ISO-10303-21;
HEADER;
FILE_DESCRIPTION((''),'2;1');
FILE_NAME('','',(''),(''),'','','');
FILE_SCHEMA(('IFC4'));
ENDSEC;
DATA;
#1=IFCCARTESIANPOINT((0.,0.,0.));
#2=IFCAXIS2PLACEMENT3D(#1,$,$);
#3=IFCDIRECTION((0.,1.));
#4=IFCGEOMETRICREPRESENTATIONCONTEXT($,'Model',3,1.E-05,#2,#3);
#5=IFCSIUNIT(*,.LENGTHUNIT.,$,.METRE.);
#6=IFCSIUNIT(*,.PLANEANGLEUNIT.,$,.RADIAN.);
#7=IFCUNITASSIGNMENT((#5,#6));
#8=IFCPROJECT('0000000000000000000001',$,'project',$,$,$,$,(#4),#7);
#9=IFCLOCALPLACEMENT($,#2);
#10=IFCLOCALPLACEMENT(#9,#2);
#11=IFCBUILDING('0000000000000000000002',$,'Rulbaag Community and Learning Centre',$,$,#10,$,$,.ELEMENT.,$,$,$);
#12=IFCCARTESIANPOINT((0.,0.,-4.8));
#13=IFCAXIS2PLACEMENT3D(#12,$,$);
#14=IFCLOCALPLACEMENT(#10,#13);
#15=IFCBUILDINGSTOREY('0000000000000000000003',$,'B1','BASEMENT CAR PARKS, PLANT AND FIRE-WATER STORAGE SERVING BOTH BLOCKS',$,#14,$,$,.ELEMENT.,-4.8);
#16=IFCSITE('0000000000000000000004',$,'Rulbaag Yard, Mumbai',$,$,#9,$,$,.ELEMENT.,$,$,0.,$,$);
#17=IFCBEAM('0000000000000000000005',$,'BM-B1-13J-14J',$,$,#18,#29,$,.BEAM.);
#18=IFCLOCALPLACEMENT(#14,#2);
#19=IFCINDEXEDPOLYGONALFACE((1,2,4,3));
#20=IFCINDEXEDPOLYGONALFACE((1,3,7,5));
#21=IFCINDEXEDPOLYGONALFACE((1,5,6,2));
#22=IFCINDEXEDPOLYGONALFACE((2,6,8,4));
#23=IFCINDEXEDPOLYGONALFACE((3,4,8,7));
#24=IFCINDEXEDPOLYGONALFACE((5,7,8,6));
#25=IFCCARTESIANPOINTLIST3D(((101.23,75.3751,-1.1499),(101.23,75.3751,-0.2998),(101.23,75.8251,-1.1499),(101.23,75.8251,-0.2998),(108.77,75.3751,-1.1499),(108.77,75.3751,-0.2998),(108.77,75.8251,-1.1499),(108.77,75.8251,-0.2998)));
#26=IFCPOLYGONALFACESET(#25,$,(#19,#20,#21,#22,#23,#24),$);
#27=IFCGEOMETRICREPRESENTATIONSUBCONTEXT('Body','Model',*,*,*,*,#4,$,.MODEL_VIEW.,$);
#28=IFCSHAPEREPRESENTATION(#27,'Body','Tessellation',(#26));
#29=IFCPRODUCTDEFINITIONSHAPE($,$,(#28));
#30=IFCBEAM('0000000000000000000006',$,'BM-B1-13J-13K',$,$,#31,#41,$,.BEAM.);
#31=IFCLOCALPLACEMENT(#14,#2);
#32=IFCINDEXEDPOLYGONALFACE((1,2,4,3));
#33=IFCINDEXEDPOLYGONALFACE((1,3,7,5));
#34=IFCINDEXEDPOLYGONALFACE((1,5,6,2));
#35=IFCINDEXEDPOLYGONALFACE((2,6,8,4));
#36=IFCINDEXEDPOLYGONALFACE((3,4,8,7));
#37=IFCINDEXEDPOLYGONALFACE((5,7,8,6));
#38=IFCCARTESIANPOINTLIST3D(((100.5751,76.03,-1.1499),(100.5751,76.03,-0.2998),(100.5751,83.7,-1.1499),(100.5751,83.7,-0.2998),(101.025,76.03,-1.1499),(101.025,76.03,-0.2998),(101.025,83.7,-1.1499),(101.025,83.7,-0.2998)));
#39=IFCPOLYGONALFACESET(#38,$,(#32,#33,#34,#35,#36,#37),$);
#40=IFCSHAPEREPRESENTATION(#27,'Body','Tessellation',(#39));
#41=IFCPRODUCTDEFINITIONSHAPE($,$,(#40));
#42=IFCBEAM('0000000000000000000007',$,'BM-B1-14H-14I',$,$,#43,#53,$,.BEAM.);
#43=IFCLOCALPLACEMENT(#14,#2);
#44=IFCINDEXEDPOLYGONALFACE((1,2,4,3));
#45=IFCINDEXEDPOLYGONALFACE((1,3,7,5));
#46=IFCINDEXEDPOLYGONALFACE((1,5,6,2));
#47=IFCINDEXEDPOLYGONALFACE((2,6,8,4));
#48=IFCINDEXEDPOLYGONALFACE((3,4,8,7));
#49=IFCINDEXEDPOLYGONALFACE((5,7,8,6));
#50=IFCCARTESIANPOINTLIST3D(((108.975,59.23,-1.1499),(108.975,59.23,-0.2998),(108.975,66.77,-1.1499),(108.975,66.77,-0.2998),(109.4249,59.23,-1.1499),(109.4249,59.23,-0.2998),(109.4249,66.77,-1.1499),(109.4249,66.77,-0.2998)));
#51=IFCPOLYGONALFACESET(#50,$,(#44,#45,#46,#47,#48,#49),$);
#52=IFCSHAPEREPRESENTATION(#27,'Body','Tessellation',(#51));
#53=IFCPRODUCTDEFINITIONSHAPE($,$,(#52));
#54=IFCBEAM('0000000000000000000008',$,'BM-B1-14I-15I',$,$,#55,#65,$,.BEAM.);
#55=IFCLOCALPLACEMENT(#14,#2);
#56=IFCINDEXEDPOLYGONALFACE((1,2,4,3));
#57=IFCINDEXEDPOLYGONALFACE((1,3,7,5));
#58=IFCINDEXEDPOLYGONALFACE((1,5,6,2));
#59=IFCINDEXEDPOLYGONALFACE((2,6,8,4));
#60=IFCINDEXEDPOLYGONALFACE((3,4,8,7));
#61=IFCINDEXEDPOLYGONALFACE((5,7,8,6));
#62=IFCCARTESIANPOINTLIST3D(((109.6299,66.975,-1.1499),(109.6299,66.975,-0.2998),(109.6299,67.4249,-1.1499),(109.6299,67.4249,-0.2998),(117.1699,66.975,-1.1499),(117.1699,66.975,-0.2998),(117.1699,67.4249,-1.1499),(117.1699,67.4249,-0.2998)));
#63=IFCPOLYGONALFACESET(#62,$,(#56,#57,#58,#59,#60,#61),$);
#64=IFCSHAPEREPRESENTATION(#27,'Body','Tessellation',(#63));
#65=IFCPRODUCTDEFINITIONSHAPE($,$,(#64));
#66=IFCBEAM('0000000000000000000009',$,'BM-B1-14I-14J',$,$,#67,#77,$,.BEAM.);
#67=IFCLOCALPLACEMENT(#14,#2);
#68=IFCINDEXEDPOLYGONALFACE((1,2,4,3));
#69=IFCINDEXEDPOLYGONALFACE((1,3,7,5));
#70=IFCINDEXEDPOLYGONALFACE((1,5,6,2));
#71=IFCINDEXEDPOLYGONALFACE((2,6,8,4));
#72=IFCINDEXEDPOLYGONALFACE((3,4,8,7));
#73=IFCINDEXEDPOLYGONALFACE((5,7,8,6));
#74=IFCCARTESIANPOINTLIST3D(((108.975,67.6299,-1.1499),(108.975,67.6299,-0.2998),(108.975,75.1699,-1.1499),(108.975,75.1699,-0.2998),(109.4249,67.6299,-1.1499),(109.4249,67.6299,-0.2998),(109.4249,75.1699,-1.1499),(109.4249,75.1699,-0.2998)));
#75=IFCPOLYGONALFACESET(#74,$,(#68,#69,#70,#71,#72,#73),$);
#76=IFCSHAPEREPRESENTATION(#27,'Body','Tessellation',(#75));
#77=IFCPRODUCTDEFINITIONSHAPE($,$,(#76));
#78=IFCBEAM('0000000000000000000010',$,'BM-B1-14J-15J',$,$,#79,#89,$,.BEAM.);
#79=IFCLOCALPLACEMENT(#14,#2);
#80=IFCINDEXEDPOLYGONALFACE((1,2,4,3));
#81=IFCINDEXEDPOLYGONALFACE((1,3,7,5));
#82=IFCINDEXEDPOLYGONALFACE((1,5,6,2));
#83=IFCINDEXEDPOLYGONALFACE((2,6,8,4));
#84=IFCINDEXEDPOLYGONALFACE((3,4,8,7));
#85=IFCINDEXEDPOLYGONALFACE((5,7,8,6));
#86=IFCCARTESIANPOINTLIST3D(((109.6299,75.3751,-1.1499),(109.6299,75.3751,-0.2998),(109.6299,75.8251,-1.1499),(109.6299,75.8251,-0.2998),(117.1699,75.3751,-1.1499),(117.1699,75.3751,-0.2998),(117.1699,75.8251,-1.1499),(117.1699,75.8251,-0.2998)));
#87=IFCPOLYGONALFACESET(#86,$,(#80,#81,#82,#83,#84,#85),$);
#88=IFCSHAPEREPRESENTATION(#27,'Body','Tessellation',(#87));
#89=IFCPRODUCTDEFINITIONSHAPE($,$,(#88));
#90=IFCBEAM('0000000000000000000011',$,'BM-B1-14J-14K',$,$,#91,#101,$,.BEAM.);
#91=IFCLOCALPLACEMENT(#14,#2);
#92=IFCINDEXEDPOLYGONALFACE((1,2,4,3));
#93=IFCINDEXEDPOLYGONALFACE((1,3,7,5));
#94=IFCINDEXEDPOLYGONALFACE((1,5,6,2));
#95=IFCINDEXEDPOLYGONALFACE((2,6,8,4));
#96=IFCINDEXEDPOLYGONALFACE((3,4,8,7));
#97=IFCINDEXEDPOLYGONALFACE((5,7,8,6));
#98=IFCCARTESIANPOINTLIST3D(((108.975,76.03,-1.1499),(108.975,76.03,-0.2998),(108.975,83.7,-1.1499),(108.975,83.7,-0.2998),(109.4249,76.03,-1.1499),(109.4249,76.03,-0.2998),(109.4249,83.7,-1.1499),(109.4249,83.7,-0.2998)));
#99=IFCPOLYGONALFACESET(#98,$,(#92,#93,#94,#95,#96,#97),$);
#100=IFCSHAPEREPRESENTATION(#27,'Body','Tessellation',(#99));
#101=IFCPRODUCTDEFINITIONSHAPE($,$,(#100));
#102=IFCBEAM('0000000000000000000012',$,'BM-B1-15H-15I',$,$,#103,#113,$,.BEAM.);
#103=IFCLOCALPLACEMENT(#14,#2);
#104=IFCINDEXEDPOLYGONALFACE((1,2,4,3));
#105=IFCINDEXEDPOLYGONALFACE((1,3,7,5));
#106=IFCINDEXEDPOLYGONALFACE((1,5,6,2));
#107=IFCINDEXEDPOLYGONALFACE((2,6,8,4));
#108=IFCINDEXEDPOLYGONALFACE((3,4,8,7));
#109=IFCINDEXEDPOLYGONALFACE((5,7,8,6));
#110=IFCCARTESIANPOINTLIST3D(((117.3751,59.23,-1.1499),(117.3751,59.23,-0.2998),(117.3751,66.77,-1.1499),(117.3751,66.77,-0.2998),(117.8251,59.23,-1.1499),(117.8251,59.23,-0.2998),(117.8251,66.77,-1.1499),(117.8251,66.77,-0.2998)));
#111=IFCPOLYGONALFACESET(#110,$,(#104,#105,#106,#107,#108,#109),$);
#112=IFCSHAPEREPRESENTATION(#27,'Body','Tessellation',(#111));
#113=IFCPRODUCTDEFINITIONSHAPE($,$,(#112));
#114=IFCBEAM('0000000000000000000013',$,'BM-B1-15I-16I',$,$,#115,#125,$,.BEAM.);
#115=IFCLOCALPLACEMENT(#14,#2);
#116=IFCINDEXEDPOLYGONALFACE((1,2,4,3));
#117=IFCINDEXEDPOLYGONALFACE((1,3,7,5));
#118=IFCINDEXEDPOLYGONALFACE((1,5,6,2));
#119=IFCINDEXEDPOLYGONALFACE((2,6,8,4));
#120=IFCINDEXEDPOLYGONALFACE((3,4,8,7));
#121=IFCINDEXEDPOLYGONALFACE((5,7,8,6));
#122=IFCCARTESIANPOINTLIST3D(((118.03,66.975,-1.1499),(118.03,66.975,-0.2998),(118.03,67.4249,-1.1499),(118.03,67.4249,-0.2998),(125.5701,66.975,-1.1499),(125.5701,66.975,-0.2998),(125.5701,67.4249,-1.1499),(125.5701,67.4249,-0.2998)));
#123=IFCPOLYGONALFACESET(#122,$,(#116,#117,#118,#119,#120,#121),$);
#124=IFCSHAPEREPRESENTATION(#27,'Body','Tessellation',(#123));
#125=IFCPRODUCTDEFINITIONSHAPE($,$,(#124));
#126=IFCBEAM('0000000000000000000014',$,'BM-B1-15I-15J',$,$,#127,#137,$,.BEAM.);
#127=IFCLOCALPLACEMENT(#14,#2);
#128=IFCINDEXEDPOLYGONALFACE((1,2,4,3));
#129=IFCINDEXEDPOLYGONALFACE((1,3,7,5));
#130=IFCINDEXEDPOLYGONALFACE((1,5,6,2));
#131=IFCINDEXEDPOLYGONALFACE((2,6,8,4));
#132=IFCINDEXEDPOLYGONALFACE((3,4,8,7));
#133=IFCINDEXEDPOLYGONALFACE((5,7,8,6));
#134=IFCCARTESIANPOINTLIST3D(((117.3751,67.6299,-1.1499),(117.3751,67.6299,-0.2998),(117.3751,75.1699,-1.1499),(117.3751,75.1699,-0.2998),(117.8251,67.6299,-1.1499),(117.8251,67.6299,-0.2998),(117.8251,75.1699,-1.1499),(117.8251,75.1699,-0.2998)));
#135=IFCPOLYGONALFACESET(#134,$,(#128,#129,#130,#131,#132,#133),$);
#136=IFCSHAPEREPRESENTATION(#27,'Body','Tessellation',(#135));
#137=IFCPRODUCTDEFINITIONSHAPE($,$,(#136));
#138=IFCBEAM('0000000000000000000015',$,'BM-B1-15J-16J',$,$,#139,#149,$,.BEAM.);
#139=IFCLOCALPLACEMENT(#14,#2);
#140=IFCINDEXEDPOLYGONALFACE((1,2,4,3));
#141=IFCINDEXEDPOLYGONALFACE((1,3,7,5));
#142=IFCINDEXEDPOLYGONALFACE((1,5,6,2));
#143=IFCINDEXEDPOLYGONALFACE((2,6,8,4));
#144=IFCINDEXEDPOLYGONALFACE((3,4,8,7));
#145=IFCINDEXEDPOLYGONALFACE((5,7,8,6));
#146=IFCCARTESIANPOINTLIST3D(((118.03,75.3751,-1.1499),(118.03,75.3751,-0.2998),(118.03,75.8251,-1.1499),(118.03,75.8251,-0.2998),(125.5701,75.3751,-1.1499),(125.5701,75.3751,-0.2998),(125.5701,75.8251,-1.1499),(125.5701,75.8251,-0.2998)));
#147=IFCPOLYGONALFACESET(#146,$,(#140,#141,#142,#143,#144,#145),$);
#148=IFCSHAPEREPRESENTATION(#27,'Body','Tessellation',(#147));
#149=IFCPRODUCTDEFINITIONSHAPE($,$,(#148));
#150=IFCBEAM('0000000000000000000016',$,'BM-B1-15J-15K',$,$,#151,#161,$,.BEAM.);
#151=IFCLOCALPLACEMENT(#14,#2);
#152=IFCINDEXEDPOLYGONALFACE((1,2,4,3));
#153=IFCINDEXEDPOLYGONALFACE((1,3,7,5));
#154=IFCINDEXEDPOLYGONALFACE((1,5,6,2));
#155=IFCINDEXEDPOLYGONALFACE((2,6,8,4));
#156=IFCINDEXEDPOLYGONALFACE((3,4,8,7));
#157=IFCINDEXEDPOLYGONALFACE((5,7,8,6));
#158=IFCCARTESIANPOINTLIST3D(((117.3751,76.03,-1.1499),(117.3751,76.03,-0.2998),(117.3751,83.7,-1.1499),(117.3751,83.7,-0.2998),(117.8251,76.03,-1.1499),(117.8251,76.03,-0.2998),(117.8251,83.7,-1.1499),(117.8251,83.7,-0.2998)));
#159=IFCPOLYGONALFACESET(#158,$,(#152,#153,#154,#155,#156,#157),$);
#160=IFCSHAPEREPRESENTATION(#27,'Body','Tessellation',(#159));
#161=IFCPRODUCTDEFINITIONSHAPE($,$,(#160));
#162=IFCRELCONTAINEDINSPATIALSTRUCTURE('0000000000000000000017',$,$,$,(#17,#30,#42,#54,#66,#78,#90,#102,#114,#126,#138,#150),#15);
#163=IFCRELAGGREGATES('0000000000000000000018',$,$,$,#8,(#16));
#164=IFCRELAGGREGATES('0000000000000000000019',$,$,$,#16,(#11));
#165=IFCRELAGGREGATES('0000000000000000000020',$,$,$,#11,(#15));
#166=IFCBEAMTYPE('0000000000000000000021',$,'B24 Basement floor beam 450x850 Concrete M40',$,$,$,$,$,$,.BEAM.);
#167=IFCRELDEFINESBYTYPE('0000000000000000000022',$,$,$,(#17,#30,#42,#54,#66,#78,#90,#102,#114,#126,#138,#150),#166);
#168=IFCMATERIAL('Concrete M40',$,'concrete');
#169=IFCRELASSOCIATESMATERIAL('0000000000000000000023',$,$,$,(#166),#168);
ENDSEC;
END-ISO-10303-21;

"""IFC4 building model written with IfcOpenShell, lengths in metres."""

from ifc_helpers import new_model, si_unit, direction, frame, origin, origin_2d, place, context, subcontext, project, spatial, rectangle, extrude, material, material_profile, profile_set, type_object, element, save


model = new_model("IFC4")

# Units and contexts
model_context = context("Model", 3, precision=1e-05, world=origin(), true_north=direction((0.0, 1.0)))
body_context = subcontext(model_context, "Body", "Model", "MODEL_VIEW")
ifc_project = project(units=[si_unit("LENGTHUNIT", "METRE"), si_unit("PLANEANGLEUNIT", "RADIAN")], contexts=[model_context])

# Site, building, storey
site_placement = place(None, origin())
site = spatial("IfcSite", under=ifc_project, at=site_placement, Name="Rulbaag Yard, Mumbai", CompositionType="ELEMENT", RefElevation=0.0)
building_placement = place(site_placement, origin())
building = spatial("IfcBuilding", under=site, at=building_placement, Name="Rulbaag Community and Learning Centre", CompositionType="ELEMENT")
storey_placement = place(building_placement, frame((0.0, 0.0, -4.8)))
storey = spatial("IfcBuildingStorey", under=building, at=storey_placement, Name="B1", Description="BASEMENT CAR PARKS, PLANT AND FIRE-WATER STORAGE SERVING BOTH BLOCKS", CompositionType="ELEMENT", Elevation=-4.8)

# Beams
ifc_material_1 = material(Name="Concrete M40", Category="concrete")
ifc_material_profile_1 = material_profile(ifc_material_1, rectangle(XDim=0.45, YDim=0.8501, at=origin_2d()), Name="RB450x850")
ifc_profile_set_1 = profile_set([ifc_material_profile_1], Name="Concrete M40")
beam_type = type_object("IfcBeamType", Name="B24 Basement floor beam 450x850 Concrete M40", PredefinedType="BEAM", material=ifc_profile_set_1)
for number, where, z_axis, x_axis, name in (
    (1, (101.23, 75.6001, -0.7249), (1.0, 0.0, 0.0), (0.0, 1.0, 0.0), "BM-B1-13J-14J"),
):
    element("IfcBeam", number, at=place(storey_placement, frame(where, z_axis=z_axis, x_axis=x_axis)), inside=storey, type_object=beam_type, Name=name, PredefinedType="BEAM", context=body_context, shape_type="SweptSolid", body=[
        extrude(rectangle(XDim=0.45, YDim=0.8501, at=origin_2d()), origin(), (0.0, 0.0, 1.0), 7.54),
    ])
beam_1_placement = place(storey_placement, frame((100.8, 76.03, -0.7249), z_axis=(0.0, 1.0, 0.0), x_axis=(-1.0, 0.0, 0.0)))
element("IfcBeam", 2, at=beam_1_placement, inside=storey, type_object=beam_type, Name="BM-B1-13J-13K", PredefinedType="BEAM", context=body_context, shape_type="SweptSolid", body=[
    extrude(rectangle(XDim=0.45, YDim=0.8501, at=origin_2d()), origin(), (0.0, 0.0, 1.0), 7.6699),
])
for number, where, z_axis, x_axis, name in (
    (3, (109.2, 59.23, -0.7249), (0.0, 1.0, 0.0), (-1.0, 0.0, 0.0), "BM-B1-14H-14I"),
    (4, (109.6299, 67.2, -0.7249), (1.0, 0.0, 0.0), (0.0, 1.0, 0.0), "BM-B1-14I-15I"),
    (5, (109.2, 67.6299, -0.7249), (0.0, 1.0, 0.0), (-1.0, 0.0, 0.0), "BM-B1-14I-14J"),
    (6, (109.6299, 75.6001, -0.7249), (1.0, 0.0, 0.0), (0.0, 1.0, 0.0), "BM-B1-14J-15J"),
):
    element("IfcBeam", number, at=place(storey_placement, frame(where, z_axis=z_axis, x_axis=x_axis)), inside=storey, type_object=beam_type, Name=name, PredefinedType="BEAM", context=body_context, shape_type="SweptSolid", body=[
        extrude(rectangle(XDim=0.45, YDim=0.8501, at=origin_2d()), origin(), (0.0, 0.0, 1.0), 7.54),
    ])
beam_2_placement = place(storey_placement, frame((109.2, 76.03, -0.7249), z_axis=(0.0, 1.0, 0.0), x_axis=(-1.0, 0.0, 0.0)))
element("IfcBeam", 7, at=beam_2_placement, inside=storey, type_object=beam_type, Name="BM-B1-14J-14K", PredefinedType="BEAM", context=body_context, shape_type="SweptSolid", body=[
    extrude(rectangle(XDim=0.45, YDim=0.8501, at=origin_2d()), origin(), (0.0, 0.0, 1.0), 7.6699),
])
for number, where, z_axis, x_axis, name in (
    (8, (117.6001, 59.23, -0.7249), (0.0, 1.0, 0.0), (-1.0, 0.0, 0.0), "BM-B1-15H-15I"),
    (9, (118.03, 67.2, -0.7249), (1.0, 0.0, 0.0), (0.0, 1.0, 0.0), "BM-B1-15I-16I"),
    (10, (117.6001, 67.6299, -0.7249), (0.0, 1.0, 0.0), (-1.0, 0.0, 0.0), "BM-B1-15I-15J"),
    (11, (118.03, 75.6001, -0.7249), (1.0, 0.0, 0.0), (0.0, 1.0, 0.0), "BM-B1-15J-16J"),
):
    element("IfcBeam", number, at=place(storey_placement, frame(where, z_axis=z_axis, x_axis=x_axis)), inside=storey, type_object=beam_type, Name=name, PredefinedType="BEAM", context=body_context, shape_type="SweptSolid", body=[
        extrude(rectangle(XDim=0.45, YDim=0.8501, at=origin_2d()), origin(), (0.0, 0.0, 1.0), 7.54),
    ])
beam_3_placement = place(storey_placement, frame((117.6001, 76.03, -0.7249), z_axis=(0.0, 1.0, 0.0), x_axis=(-1.0, 0.0, 0.0)))
element("IfcBeam", 12, at=beam_3_placement, inside=storey, type_object=beam_type, Name="BM-B1-15J-15K", PredefinedType="BEAM", context=body_context, shape_type="SweptSolid", body=[
    extrude(rectangle(XDim=0.45, YDim=0.8501, at=origin_2d()), origin(), (0.0, 0.0, 1.0), 7.6699),
])

save(model, "model.ifc")
